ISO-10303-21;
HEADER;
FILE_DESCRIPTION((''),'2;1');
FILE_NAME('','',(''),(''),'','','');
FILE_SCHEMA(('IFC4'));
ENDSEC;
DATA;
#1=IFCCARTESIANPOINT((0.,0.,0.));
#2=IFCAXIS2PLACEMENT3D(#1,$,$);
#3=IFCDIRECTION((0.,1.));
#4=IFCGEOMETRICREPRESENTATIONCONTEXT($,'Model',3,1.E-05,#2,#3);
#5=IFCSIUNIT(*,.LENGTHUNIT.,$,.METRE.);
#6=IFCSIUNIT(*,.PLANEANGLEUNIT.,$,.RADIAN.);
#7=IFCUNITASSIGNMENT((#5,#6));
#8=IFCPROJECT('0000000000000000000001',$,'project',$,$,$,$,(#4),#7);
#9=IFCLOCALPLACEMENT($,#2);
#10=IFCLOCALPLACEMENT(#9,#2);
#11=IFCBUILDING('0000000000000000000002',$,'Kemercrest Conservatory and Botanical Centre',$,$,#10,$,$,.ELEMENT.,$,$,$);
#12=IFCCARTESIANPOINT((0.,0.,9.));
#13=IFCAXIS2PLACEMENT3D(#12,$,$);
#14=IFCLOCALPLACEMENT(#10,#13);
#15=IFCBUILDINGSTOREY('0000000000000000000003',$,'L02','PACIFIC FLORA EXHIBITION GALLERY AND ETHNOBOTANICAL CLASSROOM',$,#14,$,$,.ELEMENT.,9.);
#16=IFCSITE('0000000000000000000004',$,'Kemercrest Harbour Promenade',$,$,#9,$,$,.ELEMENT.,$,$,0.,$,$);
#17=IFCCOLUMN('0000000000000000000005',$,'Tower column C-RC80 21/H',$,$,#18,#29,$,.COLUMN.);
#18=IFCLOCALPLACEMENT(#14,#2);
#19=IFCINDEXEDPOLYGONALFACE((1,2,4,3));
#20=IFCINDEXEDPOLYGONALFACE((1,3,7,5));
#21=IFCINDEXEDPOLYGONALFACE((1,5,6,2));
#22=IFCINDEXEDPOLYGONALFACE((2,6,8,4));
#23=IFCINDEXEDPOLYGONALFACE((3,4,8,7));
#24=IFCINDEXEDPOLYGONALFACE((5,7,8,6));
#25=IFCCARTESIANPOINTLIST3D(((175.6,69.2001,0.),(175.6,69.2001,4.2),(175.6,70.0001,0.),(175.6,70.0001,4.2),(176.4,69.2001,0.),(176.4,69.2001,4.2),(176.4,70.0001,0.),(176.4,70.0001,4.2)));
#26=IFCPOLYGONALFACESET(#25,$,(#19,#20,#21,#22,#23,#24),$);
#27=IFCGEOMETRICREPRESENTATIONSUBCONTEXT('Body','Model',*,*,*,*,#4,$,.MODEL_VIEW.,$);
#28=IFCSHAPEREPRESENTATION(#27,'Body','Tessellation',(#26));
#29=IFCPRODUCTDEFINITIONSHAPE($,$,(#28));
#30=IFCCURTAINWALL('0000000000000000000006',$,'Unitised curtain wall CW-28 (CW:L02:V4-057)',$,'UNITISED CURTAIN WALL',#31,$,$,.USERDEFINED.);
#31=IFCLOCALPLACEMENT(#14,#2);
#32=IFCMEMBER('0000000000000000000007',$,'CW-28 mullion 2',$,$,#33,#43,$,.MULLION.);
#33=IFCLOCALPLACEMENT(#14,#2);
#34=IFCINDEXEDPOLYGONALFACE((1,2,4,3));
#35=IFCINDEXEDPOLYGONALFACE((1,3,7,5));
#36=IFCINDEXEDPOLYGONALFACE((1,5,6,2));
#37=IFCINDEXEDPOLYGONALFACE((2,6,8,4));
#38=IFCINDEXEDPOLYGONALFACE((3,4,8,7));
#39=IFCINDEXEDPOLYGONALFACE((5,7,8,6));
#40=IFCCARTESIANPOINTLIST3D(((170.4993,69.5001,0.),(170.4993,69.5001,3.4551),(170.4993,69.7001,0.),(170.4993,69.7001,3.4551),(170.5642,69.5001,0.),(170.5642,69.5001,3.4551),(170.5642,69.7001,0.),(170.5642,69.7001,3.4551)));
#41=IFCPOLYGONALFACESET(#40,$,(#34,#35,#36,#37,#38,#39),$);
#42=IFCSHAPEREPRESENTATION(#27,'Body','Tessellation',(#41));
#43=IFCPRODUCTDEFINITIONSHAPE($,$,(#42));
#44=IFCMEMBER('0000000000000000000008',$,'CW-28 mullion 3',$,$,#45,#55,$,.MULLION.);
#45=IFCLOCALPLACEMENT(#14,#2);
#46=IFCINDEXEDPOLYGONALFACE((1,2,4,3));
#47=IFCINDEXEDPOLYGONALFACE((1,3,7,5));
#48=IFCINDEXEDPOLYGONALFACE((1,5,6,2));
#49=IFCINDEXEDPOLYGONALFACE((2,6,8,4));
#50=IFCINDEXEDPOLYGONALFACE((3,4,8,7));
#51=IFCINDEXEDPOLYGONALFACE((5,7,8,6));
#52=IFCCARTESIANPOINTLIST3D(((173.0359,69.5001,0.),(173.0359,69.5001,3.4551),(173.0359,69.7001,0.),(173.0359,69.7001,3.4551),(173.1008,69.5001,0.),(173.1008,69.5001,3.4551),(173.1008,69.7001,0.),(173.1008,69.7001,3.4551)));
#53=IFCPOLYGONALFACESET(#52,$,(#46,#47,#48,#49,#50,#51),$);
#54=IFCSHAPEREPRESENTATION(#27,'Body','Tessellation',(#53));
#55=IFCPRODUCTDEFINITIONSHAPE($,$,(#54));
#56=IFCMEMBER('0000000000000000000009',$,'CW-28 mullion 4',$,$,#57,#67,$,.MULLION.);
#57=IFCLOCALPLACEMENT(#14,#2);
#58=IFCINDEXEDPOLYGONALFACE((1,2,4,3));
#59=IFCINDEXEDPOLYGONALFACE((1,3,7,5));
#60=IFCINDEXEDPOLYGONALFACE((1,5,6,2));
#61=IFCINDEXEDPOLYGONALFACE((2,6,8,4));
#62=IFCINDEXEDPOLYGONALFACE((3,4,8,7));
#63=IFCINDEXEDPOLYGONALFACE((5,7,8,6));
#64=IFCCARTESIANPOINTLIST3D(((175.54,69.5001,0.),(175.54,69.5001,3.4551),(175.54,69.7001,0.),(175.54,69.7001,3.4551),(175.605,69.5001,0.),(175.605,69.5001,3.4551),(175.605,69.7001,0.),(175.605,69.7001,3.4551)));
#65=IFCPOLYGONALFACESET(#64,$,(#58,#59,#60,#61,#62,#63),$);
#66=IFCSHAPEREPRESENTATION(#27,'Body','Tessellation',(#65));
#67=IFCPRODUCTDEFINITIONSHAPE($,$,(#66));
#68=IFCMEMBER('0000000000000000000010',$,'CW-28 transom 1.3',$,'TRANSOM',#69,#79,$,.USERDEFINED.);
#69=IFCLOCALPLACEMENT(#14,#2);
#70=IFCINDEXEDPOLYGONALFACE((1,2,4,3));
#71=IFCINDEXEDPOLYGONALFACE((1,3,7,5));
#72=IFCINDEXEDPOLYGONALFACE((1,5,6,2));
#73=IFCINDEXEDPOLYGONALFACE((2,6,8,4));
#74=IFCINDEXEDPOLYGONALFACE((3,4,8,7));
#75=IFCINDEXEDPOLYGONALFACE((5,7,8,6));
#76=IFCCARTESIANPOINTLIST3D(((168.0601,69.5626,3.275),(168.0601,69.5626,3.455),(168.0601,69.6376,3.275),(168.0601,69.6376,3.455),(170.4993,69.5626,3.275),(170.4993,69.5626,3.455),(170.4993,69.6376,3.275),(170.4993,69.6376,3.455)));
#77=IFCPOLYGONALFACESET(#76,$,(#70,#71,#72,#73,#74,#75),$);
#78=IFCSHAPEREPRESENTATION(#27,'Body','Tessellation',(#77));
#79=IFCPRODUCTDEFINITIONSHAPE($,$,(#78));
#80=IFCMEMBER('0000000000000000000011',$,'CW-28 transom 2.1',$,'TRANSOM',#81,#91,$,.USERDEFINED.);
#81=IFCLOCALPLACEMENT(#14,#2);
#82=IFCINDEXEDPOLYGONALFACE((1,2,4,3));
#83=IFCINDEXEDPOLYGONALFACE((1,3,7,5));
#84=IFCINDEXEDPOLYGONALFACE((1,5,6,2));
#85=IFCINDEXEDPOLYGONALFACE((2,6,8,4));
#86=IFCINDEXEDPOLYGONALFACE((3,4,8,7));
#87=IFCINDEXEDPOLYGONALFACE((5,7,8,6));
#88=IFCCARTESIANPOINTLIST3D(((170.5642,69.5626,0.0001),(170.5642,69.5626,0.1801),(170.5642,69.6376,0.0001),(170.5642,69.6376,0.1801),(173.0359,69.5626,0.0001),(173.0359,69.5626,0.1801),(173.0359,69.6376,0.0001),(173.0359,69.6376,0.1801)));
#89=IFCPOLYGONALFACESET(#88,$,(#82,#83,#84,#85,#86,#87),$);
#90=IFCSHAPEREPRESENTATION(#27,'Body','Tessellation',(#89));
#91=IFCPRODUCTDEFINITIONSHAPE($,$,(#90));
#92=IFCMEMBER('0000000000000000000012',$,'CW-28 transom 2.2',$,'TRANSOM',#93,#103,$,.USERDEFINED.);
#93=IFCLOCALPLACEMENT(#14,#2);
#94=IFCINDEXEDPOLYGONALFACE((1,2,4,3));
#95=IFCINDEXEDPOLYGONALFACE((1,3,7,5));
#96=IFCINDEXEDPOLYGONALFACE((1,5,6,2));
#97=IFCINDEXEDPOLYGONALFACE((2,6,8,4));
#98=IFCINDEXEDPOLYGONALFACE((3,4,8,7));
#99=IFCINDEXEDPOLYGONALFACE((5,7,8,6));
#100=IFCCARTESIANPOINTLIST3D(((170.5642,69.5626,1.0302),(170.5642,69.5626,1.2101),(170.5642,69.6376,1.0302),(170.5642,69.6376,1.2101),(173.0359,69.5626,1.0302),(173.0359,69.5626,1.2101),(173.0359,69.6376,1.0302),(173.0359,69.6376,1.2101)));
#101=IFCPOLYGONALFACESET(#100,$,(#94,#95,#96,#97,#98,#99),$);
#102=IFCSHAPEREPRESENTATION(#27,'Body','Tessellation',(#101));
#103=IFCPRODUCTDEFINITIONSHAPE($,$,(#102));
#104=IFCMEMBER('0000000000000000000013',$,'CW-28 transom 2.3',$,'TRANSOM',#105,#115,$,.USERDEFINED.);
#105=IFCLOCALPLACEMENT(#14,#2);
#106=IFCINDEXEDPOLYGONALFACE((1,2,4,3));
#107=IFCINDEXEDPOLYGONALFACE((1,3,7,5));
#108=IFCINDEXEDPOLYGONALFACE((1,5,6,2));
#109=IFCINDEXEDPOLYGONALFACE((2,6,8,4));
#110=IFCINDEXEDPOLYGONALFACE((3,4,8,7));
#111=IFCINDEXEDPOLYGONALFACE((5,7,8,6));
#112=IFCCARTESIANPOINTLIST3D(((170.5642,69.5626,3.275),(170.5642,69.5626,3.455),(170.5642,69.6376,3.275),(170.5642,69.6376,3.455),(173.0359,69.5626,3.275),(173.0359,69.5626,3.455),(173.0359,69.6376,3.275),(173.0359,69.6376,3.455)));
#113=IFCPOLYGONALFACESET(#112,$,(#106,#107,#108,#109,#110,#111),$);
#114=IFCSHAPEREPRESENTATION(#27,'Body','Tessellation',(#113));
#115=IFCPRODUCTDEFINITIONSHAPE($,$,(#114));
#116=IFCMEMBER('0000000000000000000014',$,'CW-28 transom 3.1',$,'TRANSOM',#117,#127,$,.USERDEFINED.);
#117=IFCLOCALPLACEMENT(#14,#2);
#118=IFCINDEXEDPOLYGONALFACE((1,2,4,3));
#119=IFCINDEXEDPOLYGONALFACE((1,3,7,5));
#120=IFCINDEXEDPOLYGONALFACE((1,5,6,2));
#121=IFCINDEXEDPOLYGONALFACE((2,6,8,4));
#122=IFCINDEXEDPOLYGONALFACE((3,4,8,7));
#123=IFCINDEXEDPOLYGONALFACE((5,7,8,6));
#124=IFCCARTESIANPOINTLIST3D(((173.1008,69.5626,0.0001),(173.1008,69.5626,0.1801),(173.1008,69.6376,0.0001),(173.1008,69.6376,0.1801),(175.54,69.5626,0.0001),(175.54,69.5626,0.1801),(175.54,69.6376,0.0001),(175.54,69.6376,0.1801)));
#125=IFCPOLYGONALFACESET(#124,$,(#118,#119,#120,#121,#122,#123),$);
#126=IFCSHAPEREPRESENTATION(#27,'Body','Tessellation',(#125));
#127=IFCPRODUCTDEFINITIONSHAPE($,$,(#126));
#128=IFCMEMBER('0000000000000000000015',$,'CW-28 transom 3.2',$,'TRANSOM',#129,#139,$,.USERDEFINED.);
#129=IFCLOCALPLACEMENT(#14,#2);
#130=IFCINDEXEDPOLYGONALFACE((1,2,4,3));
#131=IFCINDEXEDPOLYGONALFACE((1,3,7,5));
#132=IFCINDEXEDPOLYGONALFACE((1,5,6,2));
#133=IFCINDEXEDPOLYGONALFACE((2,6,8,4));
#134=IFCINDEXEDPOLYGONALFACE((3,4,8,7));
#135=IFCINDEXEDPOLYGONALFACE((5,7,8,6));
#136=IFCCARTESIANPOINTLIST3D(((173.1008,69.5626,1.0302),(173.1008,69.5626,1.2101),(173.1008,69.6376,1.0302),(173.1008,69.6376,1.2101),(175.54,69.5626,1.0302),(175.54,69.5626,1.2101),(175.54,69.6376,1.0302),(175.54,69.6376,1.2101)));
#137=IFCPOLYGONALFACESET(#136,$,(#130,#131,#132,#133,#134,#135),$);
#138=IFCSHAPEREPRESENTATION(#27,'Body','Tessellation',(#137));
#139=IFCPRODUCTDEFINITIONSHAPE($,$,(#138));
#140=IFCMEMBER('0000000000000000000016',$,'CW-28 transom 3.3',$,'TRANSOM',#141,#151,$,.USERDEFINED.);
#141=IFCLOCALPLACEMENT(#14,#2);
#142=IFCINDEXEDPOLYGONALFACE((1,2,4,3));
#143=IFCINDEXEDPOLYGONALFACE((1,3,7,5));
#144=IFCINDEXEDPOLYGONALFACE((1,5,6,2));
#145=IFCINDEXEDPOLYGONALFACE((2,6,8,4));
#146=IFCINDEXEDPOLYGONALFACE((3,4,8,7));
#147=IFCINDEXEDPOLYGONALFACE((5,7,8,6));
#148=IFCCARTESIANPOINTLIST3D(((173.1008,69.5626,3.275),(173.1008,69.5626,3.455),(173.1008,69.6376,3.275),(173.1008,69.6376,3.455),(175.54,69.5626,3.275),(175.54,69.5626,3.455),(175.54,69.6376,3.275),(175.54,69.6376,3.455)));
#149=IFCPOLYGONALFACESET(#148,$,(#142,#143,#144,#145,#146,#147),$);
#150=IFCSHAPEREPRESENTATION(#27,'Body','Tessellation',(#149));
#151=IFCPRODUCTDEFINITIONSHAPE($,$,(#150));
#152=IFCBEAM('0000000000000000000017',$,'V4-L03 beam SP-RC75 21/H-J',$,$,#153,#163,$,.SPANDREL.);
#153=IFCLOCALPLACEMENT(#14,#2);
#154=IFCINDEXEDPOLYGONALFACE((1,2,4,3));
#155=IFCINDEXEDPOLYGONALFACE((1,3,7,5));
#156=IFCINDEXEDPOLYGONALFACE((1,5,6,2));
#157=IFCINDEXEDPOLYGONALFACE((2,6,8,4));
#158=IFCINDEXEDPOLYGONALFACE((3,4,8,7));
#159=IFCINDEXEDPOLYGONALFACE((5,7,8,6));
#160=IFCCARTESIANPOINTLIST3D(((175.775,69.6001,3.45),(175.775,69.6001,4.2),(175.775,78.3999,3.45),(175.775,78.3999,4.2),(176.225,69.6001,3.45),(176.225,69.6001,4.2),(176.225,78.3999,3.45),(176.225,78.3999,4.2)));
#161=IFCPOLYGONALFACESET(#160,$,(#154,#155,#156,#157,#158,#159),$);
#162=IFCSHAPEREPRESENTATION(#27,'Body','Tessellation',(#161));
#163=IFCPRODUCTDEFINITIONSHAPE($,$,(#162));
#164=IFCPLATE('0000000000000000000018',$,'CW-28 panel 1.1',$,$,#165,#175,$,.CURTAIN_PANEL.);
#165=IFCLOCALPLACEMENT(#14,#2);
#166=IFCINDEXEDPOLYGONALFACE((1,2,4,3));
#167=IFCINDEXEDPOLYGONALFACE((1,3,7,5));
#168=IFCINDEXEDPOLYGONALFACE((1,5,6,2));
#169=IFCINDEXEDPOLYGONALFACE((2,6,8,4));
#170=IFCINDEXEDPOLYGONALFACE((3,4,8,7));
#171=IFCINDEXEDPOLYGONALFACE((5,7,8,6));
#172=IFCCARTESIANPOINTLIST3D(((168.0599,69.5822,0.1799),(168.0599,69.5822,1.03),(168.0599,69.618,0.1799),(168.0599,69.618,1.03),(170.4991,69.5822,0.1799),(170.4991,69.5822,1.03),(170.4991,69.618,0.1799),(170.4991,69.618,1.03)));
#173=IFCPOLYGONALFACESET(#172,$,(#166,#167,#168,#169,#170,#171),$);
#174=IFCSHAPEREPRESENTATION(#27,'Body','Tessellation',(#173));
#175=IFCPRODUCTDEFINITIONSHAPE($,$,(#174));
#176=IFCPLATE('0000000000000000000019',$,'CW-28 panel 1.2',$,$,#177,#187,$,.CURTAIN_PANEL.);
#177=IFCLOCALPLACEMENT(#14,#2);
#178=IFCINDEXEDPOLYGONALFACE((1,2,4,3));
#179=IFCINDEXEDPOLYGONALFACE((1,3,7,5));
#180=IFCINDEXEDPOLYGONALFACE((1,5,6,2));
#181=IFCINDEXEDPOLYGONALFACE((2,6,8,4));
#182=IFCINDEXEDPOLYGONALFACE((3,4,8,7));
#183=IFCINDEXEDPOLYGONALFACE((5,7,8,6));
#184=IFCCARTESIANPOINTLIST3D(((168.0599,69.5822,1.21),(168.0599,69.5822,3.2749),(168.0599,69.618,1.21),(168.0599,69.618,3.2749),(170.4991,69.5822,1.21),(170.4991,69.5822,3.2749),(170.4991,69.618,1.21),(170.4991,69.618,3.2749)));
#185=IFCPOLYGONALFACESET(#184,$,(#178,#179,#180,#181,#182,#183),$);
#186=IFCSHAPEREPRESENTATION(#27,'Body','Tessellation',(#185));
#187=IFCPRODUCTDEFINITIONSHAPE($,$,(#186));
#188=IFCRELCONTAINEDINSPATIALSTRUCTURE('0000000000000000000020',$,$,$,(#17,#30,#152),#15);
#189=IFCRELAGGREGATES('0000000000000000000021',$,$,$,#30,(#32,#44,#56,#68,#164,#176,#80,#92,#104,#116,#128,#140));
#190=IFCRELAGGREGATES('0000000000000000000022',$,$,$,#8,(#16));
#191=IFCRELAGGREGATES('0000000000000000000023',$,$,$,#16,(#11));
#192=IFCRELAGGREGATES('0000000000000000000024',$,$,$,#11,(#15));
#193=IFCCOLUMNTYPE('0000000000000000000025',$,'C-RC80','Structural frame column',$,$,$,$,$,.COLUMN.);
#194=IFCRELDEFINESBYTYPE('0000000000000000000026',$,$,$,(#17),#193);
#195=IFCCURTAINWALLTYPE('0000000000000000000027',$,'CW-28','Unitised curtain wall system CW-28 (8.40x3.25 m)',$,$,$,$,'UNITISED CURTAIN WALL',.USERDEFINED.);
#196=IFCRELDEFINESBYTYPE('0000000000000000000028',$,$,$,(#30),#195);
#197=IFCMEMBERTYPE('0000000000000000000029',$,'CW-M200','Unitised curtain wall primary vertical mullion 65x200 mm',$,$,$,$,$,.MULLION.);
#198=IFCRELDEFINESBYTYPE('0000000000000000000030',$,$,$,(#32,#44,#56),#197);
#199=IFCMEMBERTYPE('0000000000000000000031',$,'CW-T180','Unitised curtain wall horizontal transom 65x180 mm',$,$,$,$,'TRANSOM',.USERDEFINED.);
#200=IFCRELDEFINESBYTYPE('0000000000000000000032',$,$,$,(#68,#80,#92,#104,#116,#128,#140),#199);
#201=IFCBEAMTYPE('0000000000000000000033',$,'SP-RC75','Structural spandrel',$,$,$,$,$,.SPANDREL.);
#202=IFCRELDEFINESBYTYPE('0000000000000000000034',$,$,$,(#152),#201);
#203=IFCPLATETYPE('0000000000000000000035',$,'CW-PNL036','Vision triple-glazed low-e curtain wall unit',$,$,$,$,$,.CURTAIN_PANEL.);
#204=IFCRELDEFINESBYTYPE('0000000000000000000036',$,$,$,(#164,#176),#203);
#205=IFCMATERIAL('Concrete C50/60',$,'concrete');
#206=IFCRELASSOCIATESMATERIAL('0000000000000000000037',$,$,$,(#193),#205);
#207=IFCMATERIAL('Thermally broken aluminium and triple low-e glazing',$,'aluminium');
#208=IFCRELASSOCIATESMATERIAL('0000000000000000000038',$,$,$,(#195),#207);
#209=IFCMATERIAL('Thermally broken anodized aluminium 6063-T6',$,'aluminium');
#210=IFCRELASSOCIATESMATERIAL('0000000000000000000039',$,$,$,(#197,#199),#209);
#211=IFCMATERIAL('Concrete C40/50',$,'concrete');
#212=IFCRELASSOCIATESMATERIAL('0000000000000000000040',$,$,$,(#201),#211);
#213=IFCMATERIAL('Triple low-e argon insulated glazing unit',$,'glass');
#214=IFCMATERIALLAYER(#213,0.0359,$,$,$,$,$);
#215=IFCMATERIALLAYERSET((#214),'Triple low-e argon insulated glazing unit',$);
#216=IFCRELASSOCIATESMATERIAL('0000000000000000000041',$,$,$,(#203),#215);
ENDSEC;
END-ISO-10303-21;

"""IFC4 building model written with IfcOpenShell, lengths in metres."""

from ifc_helpers import new_model, si_unit, direction, frame, origin, origin_2d, place, context, subcontext, project, spatial, rectangle, extrude, material, layer, layer_set, material_profile, profile_set, type_object, element, aggregate, save


model = new_model("IFC4")

# Units and contexts
model_context = context("Model", 3, precision=1e-05, world=origin(), true_north=direction((0.0, 1.0)))
body_context = subcontext(model_context, "Body", "Model", "MODEL_VIEW")
ifc_project = project(units=[si_unit("LENGTHUNIT", "METRE"), si_unit("PLANEANGLEUNIT", "RADIAN")], contexts=[model_context])

# Site, building, storey
site_placement = place(None, origin())
site = spatial("IfcSite", under=ifc_project, at=site_placement, Name="Kemercrest Harbour Promenade", CompositionType="ELEMENT", RefElevation=0.0)
building_placement = place(site_placement, origin())
building = spatial("IfcBuilding", under=site, at=building_placement, Name="Kemercrest Conservatory and Botanical Centre", CompositionType="ELEMENT")
storey_placement = place(building_placement, frame((0.0, 0.0, 9.0)))
storey = spatial("IfcBuildingStorey", under=building, at=storey_placement, Name="L02", Description="PACIFIC FLORA EXHIBITION GALLERY AND ETHNOBOTANICAL CLASSROOM", CompositionType="ELEMENT", Elevation=9.0)

# Column
ifc_material_1 = material(Name="Concrete C50/60", Category="concrete")
ifc_material_profile_1 = material_profile(ifc_material_1, rectangle(XDim=0.8, YDim=0.8, at=origin_2d()), Name="RC 800x800")
ifc_profile_set_1 = profile_set([ifc_material_profile_1], Name="Concrete C50/60")
column_type = type_object("IfcColumnType", Name="C-RC80", Description="Structural frame column", PredefinedType="COLUMN", material=ifc_profile_set_1)
column_placement = place(storey_placement, frame((176.0, 69.6001, 0.0), z_axis=(0.0, 0.0, 1.0), x_axis=(1.0, 0.0, 0.0)))
element("IfcColumn", 1, at=column_placement, inside=storey, type_object=column_type, Name="Tower column C-RC80 21/H", PredefinedType="COLUMN", context=body_context, shape_type="SweptSolid", body=[
    extrude(rectangle(XDim=0.8, YDim=0.8, at=origin_2d()), origin(), (0.0, 0.0, 1.0), 4.2),
])

# Curtain wall, members
ifc_material_2 = material(Name="Thermally broken aluminium and triple low-e glazing", Category="aluminium")
curtain_wall_type = type_object("IfcCurtainWallType", Name="CW-28", Description="Unitised curtain wall system CW-28 (8.40x3.25 m)", ElementType="UNITISED CURTAIN WALL", PredefinedType="USERDEFINED", material=ifc_material_2)
curtain_wall_placement = place(storey_placement, origin())
curtain_wall = element("IfcCurtainWall", 2, at=curtain_wall_placement, inside=storey, type_object=curtain_wall_type, Name="Unitised curtain wall CW-28 (CW:L02:V4-057)", ObjectType="UNITISED CURTAIN WALL", PredefinedType="USERDEFINED")
ifc_material_3 = material(Name="Thermally broken anodized aluminium 6063-T6", Category="aluminium")
ifc_material_profile_2 = material_profile(ifc_material_3, rectangle(XDim=0.2, YDim=0.0649, at=origin_2d()), Name="AL MULLION 65x200")
ifc_profile_set_2 = profile_set([ifc_material_profile_2], Name="Thermally broken anodized aluminium 6063-T6")
member_type_1 = type_object("IfcMemberType", Name="CW-M200", Description="Unitised curtain wall primary vertical mullion 65x200 mm", PredefinedType="MULLION", material=ifc_profile_set_2)
member_1_placement = place(storey_placement, frame((170.5317, 69.6001, 0.0), z_axis=(0.0, 0.0, 1.0), x_axis=(0.0, 1.0, 0.0)))
member_1 = element("IfcMember", 3, at=member_1_placement, type_object=member_type_1, Name="CW-28 mullion 2", PredefinedType="MULLION", context=body_context, shape_type="SweptSolid", body=[
    extrude(rectangle(XDim=0.2, YDim=0.0649, at=origin_2d()), origin(), (0.0, 0.0, 1.0), 3.4551),
])
member_2_placement = place(storey_placement, frame((173.0684, 69.6001, 0.0), z_axis=(0.0, 0.0, 1.0), x_axis=(0.0, 1.0, 0.0)))
member_2 = element("IfcMember", 4, at=member_2_placement, type_object=member_type_1, Name="CW-28 mullion 3", PredefinedType="MULLION", context=body_context, shape_type="SweptSolid", body=[
    extrude(rectangle(XDim=0.2, YDim=0.0649, at=origin_2d()), origin(), (0.0, 0.0, 1.0), 3.4551),
])
member_3_placement = place(storey_placement, frame((175.5725, 69.6001, 0.0), z_axis=(0.0, 0.0, 1.0), x_axis=(0.0, 1.0, 0.0)))
member_3 = element("IfcMember", 5, at=member_3_placement, type_object=member_type_1, Name="CW-28 mullion 4", PredefinedType="MULLION", context=body_context, shape_type="SweptSolid", body=[
    extrude(rectangle(XDim=0.2, YDim=0.0649, at=origin_2d()), origin(), (0.0, 0.0, 1.0), 3.4551),
])
ifc_material_profile_3 = material_profile(ifc_material_3, rectangle(XDim=0.075, YDim=0.1799, at=origin_2d()), Name="AL TRANSOM 75x180")
ifc_profile_set_3 = profile_set([ifc_material_profile_3], Name="Thermally broken anodized aluminium 6063-T6")
member_type_2 = type_object("IfcMemberType", Name="CW-T180", Description="Unitised curtain wall horizontal transom 65x180 mm", ElementType="TRANSOM", PredefinedType="USERDEFINED", material=ifc_profile_set_3)
member_4_placement = place(storey_placement, frame((168.0601, 69.6001, 3.365), z_axis=(1.0, 0.0, 0.0), x_axis=(0.0, 1.0, 0.0)))
member_4 = element("IfcMember", 6, at=member_4_placement, type_object=member_type_2, Name="CW-28 transom 1.3", ObjectType="TRANSOM", PredefinedType="USERDEFINED", context=body_context, shape_type="SweptSolid", body=[
    extrude(rectangle(XDim=0.075, YDim=0.1799, at=origin_2d()), origin(), (0.0, 0.0, 1.0), 2.4392),
])
member_5_placement = place(storey_placement, frame((170.5642, 69.6001, 0.0901), z_axis=(1.0, 0.0, 0.0), x_axis=(0.0, 1.0, 0.0)))
member_5 = element("IfcMember", 7, at=member_5_placement, type_object=member_type_2, Name="CW-28 transom 2.1", ObjectType="TRANSOM", PredefinedType="USERDEFINED", context=body_context, shape_type="SweptSolid", body=[
    extrude(rectangle(XDim=0.075, YDim=0.1799, at=origin_2d()), origin(), (0.0, 0.0, 1.0), 2.4717),
])
member_6_placement = place(storey_placement, frame((170.5642, 69.6001, 1.1201), z_axis=(1.0, 0.0, 0.0), x_axis=(0.0, 1.0, 0.0)))
member_6 = element("IfcMember", 8, at=member_6_placement, type_object=member_type_2, Name="CW-28 transom 2.2", ObjectType="TRANSOM", PredefinedType="USERDEFINED", context=body_context, shape_type="SweptSolid", body=[
    extrude(rectangle(XDim=0.075, YDim=0.1799, at=origin_2d()), origin(), (0.0, 0.0, 1.0), 2.4717),
])
member_7_placement = place(storey_placement, frame((170.5642, 69.6001, 3.365), z_axis=(1.0, 0.0, 0.0), x_axis=(0.0, 1.0, 0.0)))
member_7 = element("IfcMember", 9, at=member_7_placement, type_object=member_type_2, Name="CW-28 transom 2.3", ObjectType="TRANSOM", PredefinedType="USERDEFINED", context=body_context, shape_type="SweptSolid", body=[
    extrude(rectangle(XDim=0.075, YDim=0.1799, at=origin_2d()), origin(), (0.0, 0.0, 1.0), 2.4717),
])
member_8_placement = place(storey_placement, frame((173.1008, 69.6001, 0.0901), z_axis=(1.0, 0.0, 0.0), x_axis=(0.0, 1.0, 0.0)))
member_8 = element("IfcMember", 10, at=member_8_placement, type_object=member_type_2, Name="CW-28 transom 3.1", ObjectType="TRANSOM", PredefinedType="USERDEFINED", context=body_context, shape_type="SweptSolid", body=[
    extrude(rectangle(XDim=0.075, YDim=0.1799, at=origin_2d()), origin(), (0.0, 0.0, 1.0), 2.4392),
])
member_9_placement = place(storey_placement, frame((173.1008, 69.6001, 1.1201), z_axis=(1.0, 0.0, 0.0), x_axis=(0.0, 1.0, 0.0)))
member_9 = element("IfcMember", 11, at=member_9_placement, type_object=member_type_2, Name="CW-28 transom 3.2", ObjectType="TRANSOM", PredefinedType="USERDEFINED", context=body_context, shape_type="SweptSolid", body=[
    extrude(rectangle(XDim=0.075, YDim=0.1799, at=origin_2d()), origin(), (0.0, 0.0, 1.0), 2.4392),
])
member_10_placement = place(storey_placement, frame((173.1008, 69.6001, 3.365), z_axis=(1.0, 0.0, 0.0), x_axis=(0.0, 1.0, 0.0)))
member_10 = element("IfcMember", 12, at=member_10_placement, type_object=member_type_2, Name="CW-28 transom 3.3", ObjectType="TRANSOM", PredefinedType="USERDEFINED", context=body_context, shape_type="SweptSolid", body=[
    extrude(rectangle(XDim=0.075, YDim=0.1799, at=origin_2d()), origin(), (0.0, 0.0, 1.0), 2.4392),
])

# Beam
ifc_material_4 = material(Name="Concrete C40/50", Category="concrete")
ifc_material_profile_4 = material_profile(ifc_material_4, rectangle(XDim=0.45, YDim=0.75, at=origin_2d()), Name="RC 450x750")
ifc_profile_set_4 = profile_set([ifc_material_profile_4], Name="Concrete C40/50")
beam_type = type_object("IfcBeamType", Name="SP-RC75", Description="Structural spandrel", PredefinedType="SPANDREL", material=ifc_profile_set_4)
beam_placement = place(storey_placement, frame((176.0, 69.6001, 3.825), z_axis=(0.0, 1.0, 0.0), x_axis=(-1.0, 0.0, 0.0)))
element("IfcBeam", 13, at=beam_placement, inside=storey, type_object=beam_type, Name="V4-L03 beam SP-RC75 21/H-J", PredefinedType="SPANDREL", context=body_context, shape_type="SweptSolid", body=[
    extrude(rectangle(XDim=0.45, YDim=0.75, at=origin_2d()), origin(), (0.0, 0.0, 1.0), 8.7998),
])

# Plates
ifc_material_5 = material(Name="Triple low-e argon insulated glazing unit", Category="glass")
ifc_layer_1 = layer(ifc_material_5, 0.0359)
ifc_layer_set_1 = layer_set([ifc_layer_1], Name="Triple low-e argon insulated glazing unit")
plate_type = type_object("IfcPlateType", Name="CW-PNL036", Description="Vision triple-glazed low-e curtain wall unit", PredefinedType="CURTAIN_PANEL", material=ifc_layer_set_1)
plate_1_placement = place(storey_placement, frame((169.2795, 69.6001, 0.1799), z_axis=(0.0, 0.0, 1.0), x_axis=(1.0, 0.0, 0.0)))
plate_1 = element("IfcPlate", 14, at=plate_1_placement, type_object=plate_type, Name="CW-28 panel 1.1", PredefinedType="CURTAIN_PANEL", context=body_context, shape_type="SweptSolid", body=[
    extrude(rectangle(XDim=2.4392, YDim=0.0359, at=origin_2d()), origin(), (0.0, 0.0, 1.0), 0.8501),
])
plate_2_placement = place(storey_placement, frame((169.2795, 69.6001, 1.21), z_axis=(0.0, 0.0, 1.0), x_axis=(1.0, 0.0, 0.0)))
plate_2 = element("IfcPlate", 15, at=plate_2_placement, type_object=plate_type, Name="CW-28 panel 1.2", PredefinedType="CURTAIN_PANEL", context=body_context, shape_type="SweptSolid", body=[
    extrude(rectangle(XDim=2.4392, YDim=0.0359, at=origin_2d()), origin(), (0.0, 0.0, 1.0), 2.0649),
])
aggregate(curtain_wall, [member_1, member_2, member_3, member_4, plate_1, plate_2, member_5, member_6, member_7, member_8, member_9, member_10])

save(model, "model.ifc")
